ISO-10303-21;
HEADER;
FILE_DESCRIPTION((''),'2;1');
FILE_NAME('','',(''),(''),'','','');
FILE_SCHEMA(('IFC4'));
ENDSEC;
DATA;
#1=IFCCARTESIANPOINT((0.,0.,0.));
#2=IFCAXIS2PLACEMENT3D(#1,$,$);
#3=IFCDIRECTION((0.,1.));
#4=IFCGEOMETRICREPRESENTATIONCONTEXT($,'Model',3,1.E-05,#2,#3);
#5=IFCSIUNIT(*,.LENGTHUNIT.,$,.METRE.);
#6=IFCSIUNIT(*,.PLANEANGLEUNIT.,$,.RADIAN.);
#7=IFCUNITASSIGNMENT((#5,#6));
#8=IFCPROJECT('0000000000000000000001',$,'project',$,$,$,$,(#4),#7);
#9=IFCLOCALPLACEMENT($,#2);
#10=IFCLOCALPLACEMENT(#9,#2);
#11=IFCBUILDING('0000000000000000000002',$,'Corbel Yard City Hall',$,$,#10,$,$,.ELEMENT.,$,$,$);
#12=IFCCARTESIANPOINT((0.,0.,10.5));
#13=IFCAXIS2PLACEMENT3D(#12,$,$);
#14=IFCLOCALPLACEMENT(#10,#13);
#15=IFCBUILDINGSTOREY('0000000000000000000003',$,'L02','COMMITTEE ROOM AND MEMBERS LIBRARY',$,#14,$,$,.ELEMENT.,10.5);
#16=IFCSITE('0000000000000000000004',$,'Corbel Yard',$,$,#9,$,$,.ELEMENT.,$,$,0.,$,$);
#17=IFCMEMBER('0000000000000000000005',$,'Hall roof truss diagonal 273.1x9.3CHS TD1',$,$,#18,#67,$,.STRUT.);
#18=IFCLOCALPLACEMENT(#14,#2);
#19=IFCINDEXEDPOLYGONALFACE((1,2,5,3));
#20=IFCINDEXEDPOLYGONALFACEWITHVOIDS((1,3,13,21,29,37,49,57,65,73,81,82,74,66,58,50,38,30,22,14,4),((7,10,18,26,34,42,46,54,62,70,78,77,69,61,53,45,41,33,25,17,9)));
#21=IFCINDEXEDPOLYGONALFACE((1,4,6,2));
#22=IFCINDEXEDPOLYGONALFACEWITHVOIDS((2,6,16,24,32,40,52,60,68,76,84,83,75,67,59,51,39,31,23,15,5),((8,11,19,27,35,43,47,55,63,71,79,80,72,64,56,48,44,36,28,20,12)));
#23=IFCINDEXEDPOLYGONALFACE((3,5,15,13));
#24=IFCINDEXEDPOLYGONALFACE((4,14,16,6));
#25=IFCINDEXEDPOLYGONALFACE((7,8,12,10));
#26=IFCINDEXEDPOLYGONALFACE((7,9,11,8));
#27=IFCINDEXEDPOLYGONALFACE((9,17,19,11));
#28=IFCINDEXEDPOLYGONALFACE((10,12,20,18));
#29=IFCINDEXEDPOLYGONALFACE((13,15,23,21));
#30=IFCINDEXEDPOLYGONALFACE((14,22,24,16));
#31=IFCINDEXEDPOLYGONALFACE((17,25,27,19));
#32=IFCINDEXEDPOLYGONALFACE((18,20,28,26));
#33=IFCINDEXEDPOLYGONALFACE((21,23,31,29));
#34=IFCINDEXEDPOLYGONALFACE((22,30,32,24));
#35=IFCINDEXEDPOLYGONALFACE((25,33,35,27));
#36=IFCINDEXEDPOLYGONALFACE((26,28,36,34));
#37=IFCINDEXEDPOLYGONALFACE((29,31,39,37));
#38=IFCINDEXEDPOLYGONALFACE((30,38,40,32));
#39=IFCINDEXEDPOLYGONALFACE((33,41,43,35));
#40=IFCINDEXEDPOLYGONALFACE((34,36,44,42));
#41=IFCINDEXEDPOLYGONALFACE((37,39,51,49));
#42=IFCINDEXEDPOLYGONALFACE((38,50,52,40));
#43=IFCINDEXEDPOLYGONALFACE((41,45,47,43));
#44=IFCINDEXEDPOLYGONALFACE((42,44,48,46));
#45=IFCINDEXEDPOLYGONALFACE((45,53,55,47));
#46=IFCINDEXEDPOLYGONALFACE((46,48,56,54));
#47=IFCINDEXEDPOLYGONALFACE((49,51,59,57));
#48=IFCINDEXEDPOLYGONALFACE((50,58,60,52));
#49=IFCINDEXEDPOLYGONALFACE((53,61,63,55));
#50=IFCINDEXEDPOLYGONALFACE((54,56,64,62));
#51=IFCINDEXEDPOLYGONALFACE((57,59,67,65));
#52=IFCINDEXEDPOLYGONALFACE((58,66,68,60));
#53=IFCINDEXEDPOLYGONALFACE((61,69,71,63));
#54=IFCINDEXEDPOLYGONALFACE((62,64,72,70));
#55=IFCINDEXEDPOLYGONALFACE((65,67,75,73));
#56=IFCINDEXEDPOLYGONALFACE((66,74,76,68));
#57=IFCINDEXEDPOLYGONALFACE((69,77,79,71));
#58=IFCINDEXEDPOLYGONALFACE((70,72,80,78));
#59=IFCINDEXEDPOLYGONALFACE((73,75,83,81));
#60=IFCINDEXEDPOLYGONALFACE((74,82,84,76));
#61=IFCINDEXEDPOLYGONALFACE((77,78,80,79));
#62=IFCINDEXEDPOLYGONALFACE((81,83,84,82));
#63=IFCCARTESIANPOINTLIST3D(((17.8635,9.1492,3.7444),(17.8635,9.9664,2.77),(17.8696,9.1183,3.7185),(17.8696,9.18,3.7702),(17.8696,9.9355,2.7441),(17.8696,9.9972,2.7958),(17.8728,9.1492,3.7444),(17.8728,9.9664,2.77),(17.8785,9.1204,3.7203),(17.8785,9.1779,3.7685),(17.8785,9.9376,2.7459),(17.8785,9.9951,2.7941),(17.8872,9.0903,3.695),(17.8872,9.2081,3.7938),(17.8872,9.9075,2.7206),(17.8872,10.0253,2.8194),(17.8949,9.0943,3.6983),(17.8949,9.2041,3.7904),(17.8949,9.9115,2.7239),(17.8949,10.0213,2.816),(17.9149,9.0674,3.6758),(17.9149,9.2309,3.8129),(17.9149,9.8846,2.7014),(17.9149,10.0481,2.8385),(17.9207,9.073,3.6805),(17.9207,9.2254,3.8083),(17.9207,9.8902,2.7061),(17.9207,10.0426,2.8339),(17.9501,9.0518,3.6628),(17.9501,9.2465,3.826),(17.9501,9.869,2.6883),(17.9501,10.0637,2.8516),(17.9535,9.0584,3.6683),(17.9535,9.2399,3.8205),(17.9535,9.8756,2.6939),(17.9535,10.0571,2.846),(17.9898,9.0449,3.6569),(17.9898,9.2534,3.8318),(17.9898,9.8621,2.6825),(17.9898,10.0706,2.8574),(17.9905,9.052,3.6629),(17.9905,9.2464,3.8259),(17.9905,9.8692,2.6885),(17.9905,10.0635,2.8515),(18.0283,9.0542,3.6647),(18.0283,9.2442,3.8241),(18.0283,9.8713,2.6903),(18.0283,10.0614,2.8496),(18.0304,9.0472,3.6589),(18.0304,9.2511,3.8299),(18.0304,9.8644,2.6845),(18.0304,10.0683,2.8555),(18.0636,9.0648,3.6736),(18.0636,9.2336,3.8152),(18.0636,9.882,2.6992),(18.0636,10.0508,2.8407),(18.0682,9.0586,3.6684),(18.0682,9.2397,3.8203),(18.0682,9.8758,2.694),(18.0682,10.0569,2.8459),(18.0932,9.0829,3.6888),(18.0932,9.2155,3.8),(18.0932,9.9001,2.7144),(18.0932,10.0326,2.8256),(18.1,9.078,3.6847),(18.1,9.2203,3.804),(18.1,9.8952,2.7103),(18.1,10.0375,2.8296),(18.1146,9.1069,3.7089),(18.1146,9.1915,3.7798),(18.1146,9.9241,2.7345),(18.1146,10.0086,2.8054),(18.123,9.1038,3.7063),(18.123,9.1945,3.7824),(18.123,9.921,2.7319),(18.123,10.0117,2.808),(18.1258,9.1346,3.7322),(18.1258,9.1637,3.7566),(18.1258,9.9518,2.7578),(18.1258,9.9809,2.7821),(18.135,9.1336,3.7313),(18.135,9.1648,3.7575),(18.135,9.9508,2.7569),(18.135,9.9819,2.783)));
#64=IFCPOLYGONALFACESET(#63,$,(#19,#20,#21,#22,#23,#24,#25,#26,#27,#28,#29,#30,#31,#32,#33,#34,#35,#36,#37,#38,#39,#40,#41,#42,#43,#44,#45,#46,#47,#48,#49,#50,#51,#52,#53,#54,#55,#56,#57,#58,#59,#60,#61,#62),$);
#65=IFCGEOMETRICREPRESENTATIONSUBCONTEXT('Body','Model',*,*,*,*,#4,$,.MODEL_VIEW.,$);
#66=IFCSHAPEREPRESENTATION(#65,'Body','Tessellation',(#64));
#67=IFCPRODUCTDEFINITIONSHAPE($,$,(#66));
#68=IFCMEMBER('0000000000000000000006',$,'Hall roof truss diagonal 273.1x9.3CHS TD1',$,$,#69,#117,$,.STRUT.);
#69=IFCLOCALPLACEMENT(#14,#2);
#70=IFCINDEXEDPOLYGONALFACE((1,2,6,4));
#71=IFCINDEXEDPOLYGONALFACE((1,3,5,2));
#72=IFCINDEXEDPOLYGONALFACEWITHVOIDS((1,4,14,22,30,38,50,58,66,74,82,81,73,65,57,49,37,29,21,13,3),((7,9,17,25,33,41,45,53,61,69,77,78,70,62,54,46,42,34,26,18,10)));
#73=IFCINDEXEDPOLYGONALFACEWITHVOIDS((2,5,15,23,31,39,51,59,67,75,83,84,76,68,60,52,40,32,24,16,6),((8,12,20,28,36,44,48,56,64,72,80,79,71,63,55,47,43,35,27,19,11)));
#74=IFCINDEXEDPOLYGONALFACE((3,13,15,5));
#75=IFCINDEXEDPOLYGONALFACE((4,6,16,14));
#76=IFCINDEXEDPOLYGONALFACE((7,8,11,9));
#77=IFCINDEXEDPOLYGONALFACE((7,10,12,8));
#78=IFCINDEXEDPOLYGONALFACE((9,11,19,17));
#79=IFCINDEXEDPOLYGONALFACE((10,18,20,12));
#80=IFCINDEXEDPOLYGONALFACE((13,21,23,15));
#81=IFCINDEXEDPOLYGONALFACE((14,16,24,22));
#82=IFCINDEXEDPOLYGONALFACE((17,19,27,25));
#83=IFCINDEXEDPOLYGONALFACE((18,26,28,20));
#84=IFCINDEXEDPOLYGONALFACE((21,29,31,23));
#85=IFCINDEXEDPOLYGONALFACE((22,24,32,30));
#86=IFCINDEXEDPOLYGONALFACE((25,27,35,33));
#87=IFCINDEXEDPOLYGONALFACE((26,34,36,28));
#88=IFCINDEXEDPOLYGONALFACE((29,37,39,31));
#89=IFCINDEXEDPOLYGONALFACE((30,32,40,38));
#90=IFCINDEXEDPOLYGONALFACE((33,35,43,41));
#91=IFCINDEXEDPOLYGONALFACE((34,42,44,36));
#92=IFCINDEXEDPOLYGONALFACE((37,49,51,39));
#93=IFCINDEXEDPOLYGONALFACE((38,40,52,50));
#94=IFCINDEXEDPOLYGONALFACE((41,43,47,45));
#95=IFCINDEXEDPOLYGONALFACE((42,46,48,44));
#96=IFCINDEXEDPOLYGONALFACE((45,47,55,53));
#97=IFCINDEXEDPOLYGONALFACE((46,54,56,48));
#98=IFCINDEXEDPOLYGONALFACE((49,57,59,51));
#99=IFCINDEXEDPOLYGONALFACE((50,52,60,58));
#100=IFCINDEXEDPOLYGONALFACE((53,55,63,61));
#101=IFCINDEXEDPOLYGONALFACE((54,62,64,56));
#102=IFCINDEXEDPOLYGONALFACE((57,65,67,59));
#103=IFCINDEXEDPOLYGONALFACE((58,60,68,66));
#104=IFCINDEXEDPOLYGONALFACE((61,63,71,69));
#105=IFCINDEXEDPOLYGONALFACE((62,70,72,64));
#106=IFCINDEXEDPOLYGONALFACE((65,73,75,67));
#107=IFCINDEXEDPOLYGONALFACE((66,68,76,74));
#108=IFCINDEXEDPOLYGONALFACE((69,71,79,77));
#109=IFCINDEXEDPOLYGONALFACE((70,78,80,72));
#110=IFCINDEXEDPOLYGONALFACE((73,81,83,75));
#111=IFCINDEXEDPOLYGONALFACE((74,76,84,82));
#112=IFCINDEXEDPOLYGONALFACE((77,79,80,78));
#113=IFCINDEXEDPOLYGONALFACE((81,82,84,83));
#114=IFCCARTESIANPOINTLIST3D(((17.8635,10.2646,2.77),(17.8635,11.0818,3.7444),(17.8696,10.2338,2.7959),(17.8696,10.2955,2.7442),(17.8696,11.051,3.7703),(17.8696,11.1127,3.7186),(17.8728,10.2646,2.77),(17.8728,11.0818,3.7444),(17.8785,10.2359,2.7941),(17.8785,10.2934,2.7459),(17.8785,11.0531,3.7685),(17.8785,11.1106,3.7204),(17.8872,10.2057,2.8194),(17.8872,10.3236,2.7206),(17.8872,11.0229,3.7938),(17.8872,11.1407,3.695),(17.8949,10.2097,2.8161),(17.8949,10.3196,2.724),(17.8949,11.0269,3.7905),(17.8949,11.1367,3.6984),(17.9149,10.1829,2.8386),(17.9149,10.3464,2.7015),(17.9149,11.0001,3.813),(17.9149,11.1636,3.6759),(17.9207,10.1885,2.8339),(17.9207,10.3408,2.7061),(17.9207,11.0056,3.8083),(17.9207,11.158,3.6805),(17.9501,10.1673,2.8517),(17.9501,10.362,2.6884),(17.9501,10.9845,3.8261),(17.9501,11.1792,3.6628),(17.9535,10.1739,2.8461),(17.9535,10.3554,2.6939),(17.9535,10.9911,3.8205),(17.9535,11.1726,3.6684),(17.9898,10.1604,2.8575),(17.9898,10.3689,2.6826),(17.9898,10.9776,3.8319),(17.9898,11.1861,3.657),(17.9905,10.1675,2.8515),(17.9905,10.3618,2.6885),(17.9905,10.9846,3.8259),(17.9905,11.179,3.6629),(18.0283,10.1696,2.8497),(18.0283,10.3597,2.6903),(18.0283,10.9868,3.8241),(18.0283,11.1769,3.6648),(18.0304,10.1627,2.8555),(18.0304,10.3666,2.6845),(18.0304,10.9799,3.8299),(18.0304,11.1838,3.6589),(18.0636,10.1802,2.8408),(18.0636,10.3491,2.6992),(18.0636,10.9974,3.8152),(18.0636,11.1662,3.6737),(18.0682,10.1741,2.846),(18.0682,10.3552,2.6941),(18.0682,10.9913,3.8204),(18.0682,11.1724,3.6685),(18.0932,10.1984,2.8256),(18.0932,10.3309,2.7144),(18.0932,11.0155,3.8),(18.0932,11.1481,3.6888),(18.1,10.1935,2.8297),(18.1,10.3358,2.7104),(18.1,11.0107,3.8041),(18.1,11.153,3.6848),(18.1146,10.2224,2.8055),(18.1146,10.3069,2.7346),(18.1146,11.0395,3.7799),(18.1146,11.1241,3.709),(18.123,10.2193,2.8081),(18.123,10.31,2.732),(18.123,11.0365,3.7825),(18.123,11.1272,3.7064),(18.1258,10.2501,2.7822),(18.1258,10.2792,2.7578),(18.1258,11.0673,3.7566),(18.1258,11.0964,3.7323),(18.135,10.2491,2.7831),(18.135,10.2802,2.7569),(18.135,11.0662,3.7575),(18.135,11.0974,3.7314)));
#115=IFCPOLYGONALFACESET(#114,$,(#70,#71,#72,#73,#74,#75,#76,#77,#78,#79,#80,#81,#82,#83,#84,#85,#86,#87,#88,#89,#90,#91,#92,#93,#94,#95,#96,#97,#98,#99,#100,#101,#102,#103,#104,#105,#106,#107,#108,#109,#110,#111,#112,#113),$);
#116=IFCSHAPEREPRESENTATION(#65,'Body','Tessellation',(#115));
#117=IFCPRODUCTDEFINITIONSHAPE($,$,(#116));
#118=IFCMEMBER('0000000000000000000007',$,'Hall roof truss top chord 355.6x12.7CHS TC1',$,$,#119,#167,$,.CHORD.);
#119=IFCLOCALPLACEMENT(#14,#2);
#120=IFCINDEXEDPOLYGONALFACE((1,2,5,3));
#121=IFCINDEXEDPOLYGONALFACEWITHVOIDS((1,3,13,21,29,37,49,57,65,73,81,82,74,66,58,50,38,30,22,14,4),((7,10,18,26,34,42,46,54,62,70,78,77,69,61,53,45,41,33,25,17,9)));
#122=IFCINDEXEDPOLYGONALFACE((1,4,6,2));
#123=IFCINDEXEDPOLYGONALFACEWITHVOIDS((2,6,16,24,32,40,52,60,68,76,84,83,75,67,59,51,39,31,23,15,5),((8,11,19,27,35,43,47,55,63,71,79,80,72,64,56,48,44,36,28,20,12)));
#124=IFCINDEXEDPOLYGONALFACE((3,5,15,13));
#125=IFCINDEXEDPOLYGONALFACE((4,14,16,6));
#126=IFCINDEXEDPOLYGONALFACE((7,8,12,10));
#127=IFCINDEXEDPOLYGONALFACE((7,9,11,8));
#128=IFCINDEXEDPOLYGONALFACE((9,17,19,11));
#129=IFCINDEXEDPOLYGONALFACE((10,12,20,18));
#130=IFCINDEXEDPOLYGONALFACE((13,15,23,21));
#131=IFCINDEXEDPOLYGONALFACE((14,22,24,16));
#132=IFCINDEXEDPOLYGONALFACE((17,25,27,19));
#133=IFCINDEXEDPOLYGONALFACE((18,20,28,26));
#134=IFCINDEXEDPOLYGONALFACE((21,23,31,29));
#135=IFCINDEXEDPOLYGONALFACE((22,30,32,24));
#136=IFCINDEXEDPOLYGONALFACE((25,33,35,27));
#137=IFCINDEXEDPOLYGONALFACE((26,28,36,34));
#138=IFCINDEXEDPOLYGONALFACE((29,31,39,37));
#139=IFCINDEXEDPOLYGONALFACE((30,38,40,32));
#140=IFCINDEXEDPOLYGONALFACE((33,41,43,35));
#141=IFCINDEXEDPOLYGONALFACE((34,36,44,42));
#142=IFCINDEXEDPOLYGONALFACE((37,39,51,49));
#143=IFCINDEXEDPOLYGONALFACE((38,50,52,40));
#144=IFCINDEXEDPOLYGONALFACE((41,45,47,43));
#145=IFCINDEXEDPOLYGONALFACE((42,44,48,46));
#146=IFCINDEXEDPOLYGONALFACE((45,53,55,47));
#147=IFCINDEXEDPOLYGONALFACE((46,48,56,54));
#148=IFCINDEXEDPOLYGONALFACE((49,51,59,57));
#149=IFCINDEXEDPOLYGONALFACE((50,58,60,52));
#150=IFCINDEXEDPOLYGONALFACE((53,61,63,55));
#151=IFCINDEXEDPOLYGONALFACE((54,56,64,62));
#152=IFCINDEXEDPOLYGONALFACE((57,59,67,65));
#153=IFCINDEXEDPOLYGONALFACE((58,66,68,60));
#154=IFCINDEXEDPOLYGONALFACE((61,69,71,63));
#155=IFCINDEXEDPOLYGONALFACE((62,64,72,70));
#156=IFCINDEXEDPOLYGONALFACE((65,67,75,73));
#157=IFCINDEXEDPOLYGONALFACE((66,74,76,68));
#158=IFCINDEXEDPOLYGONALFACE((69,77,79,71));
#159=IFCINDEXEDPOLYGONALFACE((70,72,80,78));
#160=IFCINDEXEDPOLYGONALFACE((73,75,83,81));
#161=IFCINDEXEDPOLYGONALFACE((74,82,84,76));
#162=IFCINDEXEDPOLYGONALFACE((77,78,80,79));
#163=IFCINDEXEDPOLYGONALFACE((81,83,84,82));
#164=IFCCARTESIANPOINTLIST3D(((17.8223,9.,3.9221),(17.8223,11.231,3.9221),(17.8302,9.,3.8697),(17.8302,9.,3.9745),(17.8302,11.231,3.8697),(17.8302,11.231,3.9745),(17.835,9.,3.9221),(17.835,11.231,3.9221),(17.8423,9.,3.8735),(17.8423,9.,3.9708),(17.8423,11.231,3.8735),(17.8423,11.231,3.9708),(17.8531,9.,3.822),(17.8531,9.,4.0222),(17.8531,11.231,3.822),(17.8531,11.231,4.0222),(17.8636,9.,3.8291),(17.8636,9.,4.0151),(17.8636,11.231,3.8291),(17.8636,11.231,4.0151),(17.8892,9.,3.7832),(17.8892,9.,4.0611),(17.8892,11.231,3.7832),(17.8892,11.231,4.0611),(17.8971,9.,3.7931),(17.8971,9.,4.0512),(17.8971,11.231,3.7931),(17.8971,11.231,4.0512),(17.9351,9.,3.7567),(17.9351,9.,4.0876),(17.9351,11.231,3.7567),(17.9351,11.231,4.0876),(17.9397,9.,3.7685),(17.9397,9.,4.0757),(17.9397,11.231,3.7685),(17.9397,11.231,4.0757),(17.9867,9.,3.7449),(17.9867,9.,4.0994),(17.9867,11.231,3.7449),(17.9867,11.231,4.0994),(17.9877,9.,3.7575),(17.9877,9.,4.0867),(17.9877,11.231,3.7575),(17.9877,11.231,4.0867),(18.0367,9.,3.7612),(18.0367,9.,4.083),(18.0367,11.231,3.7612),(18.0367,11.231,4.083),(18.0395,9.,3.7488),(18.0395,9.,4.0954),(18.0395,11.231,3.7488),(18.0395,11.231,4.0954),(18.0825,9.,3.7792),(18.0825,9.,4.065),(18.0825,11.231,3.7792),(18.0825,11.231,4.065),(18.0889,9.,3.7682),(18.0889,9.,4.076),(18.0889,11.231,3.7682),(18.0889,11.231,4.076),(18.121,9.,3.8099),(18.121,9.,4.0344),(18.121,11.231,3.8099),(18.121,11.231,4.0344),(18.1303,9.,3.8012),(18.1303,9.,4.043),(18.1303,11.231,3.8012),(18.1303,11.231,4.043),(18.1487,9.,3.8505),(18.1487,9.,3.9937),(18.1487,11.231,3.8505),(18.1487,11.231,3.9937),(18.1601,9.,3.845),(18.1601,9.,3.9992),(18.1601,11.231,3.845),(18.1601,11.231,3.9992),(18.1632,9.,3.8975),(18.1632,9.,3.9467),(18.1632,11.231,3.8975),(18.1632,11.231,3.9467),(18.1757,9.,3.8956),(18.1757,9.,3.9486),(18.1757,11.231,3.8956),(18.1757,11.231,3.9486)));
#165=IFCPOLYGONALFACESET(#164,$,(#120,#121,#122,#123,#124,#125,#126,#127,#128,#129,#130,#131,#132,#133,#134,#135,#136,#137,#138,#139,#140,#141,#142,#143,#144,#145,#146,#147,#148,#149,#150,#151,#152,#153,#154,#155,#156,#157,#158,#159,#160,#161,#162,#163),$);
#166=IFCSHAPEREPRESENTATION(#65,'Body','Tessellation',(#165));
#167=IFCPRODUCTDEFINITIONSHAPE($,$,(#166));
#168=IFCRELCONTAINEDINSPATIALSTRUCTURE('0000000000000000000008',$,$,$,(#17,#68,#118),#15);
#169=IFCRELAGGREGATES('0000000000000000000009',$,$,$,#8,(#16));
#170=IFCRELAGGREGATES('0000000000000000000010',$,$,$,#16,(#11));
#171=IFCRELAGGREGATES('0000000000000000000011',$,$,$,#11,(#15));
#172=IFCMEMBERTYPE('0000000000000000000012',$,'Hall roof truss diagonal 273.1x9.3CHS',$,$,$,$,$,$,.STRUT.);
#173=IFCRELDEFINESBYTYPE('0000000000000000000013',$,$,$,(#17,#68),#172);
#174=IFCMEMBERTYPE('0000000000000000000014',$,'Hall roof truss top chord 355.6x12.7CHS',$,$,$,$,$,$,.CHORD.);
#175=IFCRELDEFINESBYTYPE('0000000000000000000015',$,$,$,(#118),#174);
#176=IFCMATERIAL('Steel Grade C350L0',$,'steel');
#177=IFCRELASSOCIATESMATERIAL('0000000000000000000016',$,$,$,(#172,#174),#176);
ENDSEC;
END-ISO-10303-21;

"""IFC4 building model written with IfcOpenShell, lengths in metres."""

from ifc_helpers import new_model, si_unit, direction, frame, origin, origin_2d, place, context, subcontext, project, spatial, hollow_circle, extrude, material, material_profile, profile_set, type_object, element, save


model = new_model("IFC4")

# Units and contexts
model_context = context("Model", 3, precision=1e-05, world=origin(), true_north=direction((0.0, 1.0)))
body_context = subcontext(model_context, "Body", "Model", "MODEL_VIEW")
ifc_project = project(units=[si_unit("LENGTHUNIT", "METRE"), si_unit("PLANEANGLEUNIT", "RADIAN")], contexts=[model_context])

# Site, building, storey
site_placement = place(None, origin())
site = spatial("IfcSite", under=ifc_project, at=site_placement, Name="Corbel Yard", CompositionType="ELEMENT", RefElevation=0.0)
building_placement = place(site_placement, origin())
building = spatial("IfcBuilding", under=site, at=building_placement, Name="Corbel Yard City Hall", CompositionType="ELEMENT")
storey_placement = place(building_placement, frame((0.0, 0.0, 10.5)))
storey = spatial("IfcBuildingStorey", under=building, at=storey_placement, Name="L02", Description="COMMITTEE ROOM AND MEMBERS LIBRARY", CompositionType="ELEMENT", Elevation=10.5)

# Members
ifc_material_1 = material(Name="Steel Grade C350L0", Category="steel")
ifc_material_profile_1 = material_profile(ifc_material_1, hollow_circle(Radius=0.1365, WallThickness=0.0093, at=origin_2d()), Name="273.1x9.3CHS")
ifc_profile_set_1 = profile_set([ifc_material_profile_1], Name="Steel Grade C350L0")
member_type_1 = type_object("IfcMemberType", Name="Hall roof truss diagonal 273.1x9.3CHS", PredefinedType="STRUT", material=ifc_profile_set_1)
for number, where, z_axis, x_axis, name in (
    (1, (18.0, 9.1492, 3.7444), (0.0, 0.64258, -0.766219), (-1.0, 0.0, 0.0), "Hall roof truss diagonal 273.1x9.3CHS TD1"),
    (2, (18.0, 10.2646, 2.77), (0.0, 0.64258, 0.766219), (-1.0, 0.0, 0.0), "Hall roof truss diagonal 273.1x9.3CHS TD1"),
):
    element("IfcMember", number, at=place(storey_placement, frame(where, z_axis=z_axis, x_axis=x_axis)), inside=storey, type_object=member_type_1, Name=name, PredefinedType="STRUT", context=body_context, shape_type="SweptSolid", body=[
        extrude(hollow_circle(Radius=0.1365, WallThickness=0.0093, at=origin_2d()), origin(), (0.0, 0.0, 1.0), 1.2717),
    ])
ifc_material_profile_2 = material_profile(ifc_material_1, hollow_circle(Radius=0.1777, WallThickness=0.0127, at=origin_2d()), Name="355.6x12.7CHS")
ifc_profile_set_2 = profile_set([ifc_material_profile_2], Name="Steel Grade C350L0")
member_type_2 = type_object("IfcMemberType", Name="Hall roof truss top chord 355.6x12.7CHS", PredefinedType="CHORD", material=ifc_profile_set_2)
for number, where, z_axis, x_axis, name in (
    (3, (18.0, 9.0, 3.9221), (0.0, 1.0, 0.0), (-1.0, 0.0, 0.0), "Hall roof truss top chord 355.6x12.7CHS TC1"),
):
    element("IfcMember", number, at=place(storey_placement, frame(where, z_axis=z_axis, x_axis=x_axis)), inside=storey, type_object=member_type_2, Name=name, PredefinedType="CHORD", context=body_context, shape_type="SweptSolid", body=[
        extrude(hollow_circle(Radius=0.1777, WallThickness=0.0127, at=origin_2d()), origin(), (0.0, 0.0, 1.0), 2.231),
    ])

save(model, "model.ifc")
